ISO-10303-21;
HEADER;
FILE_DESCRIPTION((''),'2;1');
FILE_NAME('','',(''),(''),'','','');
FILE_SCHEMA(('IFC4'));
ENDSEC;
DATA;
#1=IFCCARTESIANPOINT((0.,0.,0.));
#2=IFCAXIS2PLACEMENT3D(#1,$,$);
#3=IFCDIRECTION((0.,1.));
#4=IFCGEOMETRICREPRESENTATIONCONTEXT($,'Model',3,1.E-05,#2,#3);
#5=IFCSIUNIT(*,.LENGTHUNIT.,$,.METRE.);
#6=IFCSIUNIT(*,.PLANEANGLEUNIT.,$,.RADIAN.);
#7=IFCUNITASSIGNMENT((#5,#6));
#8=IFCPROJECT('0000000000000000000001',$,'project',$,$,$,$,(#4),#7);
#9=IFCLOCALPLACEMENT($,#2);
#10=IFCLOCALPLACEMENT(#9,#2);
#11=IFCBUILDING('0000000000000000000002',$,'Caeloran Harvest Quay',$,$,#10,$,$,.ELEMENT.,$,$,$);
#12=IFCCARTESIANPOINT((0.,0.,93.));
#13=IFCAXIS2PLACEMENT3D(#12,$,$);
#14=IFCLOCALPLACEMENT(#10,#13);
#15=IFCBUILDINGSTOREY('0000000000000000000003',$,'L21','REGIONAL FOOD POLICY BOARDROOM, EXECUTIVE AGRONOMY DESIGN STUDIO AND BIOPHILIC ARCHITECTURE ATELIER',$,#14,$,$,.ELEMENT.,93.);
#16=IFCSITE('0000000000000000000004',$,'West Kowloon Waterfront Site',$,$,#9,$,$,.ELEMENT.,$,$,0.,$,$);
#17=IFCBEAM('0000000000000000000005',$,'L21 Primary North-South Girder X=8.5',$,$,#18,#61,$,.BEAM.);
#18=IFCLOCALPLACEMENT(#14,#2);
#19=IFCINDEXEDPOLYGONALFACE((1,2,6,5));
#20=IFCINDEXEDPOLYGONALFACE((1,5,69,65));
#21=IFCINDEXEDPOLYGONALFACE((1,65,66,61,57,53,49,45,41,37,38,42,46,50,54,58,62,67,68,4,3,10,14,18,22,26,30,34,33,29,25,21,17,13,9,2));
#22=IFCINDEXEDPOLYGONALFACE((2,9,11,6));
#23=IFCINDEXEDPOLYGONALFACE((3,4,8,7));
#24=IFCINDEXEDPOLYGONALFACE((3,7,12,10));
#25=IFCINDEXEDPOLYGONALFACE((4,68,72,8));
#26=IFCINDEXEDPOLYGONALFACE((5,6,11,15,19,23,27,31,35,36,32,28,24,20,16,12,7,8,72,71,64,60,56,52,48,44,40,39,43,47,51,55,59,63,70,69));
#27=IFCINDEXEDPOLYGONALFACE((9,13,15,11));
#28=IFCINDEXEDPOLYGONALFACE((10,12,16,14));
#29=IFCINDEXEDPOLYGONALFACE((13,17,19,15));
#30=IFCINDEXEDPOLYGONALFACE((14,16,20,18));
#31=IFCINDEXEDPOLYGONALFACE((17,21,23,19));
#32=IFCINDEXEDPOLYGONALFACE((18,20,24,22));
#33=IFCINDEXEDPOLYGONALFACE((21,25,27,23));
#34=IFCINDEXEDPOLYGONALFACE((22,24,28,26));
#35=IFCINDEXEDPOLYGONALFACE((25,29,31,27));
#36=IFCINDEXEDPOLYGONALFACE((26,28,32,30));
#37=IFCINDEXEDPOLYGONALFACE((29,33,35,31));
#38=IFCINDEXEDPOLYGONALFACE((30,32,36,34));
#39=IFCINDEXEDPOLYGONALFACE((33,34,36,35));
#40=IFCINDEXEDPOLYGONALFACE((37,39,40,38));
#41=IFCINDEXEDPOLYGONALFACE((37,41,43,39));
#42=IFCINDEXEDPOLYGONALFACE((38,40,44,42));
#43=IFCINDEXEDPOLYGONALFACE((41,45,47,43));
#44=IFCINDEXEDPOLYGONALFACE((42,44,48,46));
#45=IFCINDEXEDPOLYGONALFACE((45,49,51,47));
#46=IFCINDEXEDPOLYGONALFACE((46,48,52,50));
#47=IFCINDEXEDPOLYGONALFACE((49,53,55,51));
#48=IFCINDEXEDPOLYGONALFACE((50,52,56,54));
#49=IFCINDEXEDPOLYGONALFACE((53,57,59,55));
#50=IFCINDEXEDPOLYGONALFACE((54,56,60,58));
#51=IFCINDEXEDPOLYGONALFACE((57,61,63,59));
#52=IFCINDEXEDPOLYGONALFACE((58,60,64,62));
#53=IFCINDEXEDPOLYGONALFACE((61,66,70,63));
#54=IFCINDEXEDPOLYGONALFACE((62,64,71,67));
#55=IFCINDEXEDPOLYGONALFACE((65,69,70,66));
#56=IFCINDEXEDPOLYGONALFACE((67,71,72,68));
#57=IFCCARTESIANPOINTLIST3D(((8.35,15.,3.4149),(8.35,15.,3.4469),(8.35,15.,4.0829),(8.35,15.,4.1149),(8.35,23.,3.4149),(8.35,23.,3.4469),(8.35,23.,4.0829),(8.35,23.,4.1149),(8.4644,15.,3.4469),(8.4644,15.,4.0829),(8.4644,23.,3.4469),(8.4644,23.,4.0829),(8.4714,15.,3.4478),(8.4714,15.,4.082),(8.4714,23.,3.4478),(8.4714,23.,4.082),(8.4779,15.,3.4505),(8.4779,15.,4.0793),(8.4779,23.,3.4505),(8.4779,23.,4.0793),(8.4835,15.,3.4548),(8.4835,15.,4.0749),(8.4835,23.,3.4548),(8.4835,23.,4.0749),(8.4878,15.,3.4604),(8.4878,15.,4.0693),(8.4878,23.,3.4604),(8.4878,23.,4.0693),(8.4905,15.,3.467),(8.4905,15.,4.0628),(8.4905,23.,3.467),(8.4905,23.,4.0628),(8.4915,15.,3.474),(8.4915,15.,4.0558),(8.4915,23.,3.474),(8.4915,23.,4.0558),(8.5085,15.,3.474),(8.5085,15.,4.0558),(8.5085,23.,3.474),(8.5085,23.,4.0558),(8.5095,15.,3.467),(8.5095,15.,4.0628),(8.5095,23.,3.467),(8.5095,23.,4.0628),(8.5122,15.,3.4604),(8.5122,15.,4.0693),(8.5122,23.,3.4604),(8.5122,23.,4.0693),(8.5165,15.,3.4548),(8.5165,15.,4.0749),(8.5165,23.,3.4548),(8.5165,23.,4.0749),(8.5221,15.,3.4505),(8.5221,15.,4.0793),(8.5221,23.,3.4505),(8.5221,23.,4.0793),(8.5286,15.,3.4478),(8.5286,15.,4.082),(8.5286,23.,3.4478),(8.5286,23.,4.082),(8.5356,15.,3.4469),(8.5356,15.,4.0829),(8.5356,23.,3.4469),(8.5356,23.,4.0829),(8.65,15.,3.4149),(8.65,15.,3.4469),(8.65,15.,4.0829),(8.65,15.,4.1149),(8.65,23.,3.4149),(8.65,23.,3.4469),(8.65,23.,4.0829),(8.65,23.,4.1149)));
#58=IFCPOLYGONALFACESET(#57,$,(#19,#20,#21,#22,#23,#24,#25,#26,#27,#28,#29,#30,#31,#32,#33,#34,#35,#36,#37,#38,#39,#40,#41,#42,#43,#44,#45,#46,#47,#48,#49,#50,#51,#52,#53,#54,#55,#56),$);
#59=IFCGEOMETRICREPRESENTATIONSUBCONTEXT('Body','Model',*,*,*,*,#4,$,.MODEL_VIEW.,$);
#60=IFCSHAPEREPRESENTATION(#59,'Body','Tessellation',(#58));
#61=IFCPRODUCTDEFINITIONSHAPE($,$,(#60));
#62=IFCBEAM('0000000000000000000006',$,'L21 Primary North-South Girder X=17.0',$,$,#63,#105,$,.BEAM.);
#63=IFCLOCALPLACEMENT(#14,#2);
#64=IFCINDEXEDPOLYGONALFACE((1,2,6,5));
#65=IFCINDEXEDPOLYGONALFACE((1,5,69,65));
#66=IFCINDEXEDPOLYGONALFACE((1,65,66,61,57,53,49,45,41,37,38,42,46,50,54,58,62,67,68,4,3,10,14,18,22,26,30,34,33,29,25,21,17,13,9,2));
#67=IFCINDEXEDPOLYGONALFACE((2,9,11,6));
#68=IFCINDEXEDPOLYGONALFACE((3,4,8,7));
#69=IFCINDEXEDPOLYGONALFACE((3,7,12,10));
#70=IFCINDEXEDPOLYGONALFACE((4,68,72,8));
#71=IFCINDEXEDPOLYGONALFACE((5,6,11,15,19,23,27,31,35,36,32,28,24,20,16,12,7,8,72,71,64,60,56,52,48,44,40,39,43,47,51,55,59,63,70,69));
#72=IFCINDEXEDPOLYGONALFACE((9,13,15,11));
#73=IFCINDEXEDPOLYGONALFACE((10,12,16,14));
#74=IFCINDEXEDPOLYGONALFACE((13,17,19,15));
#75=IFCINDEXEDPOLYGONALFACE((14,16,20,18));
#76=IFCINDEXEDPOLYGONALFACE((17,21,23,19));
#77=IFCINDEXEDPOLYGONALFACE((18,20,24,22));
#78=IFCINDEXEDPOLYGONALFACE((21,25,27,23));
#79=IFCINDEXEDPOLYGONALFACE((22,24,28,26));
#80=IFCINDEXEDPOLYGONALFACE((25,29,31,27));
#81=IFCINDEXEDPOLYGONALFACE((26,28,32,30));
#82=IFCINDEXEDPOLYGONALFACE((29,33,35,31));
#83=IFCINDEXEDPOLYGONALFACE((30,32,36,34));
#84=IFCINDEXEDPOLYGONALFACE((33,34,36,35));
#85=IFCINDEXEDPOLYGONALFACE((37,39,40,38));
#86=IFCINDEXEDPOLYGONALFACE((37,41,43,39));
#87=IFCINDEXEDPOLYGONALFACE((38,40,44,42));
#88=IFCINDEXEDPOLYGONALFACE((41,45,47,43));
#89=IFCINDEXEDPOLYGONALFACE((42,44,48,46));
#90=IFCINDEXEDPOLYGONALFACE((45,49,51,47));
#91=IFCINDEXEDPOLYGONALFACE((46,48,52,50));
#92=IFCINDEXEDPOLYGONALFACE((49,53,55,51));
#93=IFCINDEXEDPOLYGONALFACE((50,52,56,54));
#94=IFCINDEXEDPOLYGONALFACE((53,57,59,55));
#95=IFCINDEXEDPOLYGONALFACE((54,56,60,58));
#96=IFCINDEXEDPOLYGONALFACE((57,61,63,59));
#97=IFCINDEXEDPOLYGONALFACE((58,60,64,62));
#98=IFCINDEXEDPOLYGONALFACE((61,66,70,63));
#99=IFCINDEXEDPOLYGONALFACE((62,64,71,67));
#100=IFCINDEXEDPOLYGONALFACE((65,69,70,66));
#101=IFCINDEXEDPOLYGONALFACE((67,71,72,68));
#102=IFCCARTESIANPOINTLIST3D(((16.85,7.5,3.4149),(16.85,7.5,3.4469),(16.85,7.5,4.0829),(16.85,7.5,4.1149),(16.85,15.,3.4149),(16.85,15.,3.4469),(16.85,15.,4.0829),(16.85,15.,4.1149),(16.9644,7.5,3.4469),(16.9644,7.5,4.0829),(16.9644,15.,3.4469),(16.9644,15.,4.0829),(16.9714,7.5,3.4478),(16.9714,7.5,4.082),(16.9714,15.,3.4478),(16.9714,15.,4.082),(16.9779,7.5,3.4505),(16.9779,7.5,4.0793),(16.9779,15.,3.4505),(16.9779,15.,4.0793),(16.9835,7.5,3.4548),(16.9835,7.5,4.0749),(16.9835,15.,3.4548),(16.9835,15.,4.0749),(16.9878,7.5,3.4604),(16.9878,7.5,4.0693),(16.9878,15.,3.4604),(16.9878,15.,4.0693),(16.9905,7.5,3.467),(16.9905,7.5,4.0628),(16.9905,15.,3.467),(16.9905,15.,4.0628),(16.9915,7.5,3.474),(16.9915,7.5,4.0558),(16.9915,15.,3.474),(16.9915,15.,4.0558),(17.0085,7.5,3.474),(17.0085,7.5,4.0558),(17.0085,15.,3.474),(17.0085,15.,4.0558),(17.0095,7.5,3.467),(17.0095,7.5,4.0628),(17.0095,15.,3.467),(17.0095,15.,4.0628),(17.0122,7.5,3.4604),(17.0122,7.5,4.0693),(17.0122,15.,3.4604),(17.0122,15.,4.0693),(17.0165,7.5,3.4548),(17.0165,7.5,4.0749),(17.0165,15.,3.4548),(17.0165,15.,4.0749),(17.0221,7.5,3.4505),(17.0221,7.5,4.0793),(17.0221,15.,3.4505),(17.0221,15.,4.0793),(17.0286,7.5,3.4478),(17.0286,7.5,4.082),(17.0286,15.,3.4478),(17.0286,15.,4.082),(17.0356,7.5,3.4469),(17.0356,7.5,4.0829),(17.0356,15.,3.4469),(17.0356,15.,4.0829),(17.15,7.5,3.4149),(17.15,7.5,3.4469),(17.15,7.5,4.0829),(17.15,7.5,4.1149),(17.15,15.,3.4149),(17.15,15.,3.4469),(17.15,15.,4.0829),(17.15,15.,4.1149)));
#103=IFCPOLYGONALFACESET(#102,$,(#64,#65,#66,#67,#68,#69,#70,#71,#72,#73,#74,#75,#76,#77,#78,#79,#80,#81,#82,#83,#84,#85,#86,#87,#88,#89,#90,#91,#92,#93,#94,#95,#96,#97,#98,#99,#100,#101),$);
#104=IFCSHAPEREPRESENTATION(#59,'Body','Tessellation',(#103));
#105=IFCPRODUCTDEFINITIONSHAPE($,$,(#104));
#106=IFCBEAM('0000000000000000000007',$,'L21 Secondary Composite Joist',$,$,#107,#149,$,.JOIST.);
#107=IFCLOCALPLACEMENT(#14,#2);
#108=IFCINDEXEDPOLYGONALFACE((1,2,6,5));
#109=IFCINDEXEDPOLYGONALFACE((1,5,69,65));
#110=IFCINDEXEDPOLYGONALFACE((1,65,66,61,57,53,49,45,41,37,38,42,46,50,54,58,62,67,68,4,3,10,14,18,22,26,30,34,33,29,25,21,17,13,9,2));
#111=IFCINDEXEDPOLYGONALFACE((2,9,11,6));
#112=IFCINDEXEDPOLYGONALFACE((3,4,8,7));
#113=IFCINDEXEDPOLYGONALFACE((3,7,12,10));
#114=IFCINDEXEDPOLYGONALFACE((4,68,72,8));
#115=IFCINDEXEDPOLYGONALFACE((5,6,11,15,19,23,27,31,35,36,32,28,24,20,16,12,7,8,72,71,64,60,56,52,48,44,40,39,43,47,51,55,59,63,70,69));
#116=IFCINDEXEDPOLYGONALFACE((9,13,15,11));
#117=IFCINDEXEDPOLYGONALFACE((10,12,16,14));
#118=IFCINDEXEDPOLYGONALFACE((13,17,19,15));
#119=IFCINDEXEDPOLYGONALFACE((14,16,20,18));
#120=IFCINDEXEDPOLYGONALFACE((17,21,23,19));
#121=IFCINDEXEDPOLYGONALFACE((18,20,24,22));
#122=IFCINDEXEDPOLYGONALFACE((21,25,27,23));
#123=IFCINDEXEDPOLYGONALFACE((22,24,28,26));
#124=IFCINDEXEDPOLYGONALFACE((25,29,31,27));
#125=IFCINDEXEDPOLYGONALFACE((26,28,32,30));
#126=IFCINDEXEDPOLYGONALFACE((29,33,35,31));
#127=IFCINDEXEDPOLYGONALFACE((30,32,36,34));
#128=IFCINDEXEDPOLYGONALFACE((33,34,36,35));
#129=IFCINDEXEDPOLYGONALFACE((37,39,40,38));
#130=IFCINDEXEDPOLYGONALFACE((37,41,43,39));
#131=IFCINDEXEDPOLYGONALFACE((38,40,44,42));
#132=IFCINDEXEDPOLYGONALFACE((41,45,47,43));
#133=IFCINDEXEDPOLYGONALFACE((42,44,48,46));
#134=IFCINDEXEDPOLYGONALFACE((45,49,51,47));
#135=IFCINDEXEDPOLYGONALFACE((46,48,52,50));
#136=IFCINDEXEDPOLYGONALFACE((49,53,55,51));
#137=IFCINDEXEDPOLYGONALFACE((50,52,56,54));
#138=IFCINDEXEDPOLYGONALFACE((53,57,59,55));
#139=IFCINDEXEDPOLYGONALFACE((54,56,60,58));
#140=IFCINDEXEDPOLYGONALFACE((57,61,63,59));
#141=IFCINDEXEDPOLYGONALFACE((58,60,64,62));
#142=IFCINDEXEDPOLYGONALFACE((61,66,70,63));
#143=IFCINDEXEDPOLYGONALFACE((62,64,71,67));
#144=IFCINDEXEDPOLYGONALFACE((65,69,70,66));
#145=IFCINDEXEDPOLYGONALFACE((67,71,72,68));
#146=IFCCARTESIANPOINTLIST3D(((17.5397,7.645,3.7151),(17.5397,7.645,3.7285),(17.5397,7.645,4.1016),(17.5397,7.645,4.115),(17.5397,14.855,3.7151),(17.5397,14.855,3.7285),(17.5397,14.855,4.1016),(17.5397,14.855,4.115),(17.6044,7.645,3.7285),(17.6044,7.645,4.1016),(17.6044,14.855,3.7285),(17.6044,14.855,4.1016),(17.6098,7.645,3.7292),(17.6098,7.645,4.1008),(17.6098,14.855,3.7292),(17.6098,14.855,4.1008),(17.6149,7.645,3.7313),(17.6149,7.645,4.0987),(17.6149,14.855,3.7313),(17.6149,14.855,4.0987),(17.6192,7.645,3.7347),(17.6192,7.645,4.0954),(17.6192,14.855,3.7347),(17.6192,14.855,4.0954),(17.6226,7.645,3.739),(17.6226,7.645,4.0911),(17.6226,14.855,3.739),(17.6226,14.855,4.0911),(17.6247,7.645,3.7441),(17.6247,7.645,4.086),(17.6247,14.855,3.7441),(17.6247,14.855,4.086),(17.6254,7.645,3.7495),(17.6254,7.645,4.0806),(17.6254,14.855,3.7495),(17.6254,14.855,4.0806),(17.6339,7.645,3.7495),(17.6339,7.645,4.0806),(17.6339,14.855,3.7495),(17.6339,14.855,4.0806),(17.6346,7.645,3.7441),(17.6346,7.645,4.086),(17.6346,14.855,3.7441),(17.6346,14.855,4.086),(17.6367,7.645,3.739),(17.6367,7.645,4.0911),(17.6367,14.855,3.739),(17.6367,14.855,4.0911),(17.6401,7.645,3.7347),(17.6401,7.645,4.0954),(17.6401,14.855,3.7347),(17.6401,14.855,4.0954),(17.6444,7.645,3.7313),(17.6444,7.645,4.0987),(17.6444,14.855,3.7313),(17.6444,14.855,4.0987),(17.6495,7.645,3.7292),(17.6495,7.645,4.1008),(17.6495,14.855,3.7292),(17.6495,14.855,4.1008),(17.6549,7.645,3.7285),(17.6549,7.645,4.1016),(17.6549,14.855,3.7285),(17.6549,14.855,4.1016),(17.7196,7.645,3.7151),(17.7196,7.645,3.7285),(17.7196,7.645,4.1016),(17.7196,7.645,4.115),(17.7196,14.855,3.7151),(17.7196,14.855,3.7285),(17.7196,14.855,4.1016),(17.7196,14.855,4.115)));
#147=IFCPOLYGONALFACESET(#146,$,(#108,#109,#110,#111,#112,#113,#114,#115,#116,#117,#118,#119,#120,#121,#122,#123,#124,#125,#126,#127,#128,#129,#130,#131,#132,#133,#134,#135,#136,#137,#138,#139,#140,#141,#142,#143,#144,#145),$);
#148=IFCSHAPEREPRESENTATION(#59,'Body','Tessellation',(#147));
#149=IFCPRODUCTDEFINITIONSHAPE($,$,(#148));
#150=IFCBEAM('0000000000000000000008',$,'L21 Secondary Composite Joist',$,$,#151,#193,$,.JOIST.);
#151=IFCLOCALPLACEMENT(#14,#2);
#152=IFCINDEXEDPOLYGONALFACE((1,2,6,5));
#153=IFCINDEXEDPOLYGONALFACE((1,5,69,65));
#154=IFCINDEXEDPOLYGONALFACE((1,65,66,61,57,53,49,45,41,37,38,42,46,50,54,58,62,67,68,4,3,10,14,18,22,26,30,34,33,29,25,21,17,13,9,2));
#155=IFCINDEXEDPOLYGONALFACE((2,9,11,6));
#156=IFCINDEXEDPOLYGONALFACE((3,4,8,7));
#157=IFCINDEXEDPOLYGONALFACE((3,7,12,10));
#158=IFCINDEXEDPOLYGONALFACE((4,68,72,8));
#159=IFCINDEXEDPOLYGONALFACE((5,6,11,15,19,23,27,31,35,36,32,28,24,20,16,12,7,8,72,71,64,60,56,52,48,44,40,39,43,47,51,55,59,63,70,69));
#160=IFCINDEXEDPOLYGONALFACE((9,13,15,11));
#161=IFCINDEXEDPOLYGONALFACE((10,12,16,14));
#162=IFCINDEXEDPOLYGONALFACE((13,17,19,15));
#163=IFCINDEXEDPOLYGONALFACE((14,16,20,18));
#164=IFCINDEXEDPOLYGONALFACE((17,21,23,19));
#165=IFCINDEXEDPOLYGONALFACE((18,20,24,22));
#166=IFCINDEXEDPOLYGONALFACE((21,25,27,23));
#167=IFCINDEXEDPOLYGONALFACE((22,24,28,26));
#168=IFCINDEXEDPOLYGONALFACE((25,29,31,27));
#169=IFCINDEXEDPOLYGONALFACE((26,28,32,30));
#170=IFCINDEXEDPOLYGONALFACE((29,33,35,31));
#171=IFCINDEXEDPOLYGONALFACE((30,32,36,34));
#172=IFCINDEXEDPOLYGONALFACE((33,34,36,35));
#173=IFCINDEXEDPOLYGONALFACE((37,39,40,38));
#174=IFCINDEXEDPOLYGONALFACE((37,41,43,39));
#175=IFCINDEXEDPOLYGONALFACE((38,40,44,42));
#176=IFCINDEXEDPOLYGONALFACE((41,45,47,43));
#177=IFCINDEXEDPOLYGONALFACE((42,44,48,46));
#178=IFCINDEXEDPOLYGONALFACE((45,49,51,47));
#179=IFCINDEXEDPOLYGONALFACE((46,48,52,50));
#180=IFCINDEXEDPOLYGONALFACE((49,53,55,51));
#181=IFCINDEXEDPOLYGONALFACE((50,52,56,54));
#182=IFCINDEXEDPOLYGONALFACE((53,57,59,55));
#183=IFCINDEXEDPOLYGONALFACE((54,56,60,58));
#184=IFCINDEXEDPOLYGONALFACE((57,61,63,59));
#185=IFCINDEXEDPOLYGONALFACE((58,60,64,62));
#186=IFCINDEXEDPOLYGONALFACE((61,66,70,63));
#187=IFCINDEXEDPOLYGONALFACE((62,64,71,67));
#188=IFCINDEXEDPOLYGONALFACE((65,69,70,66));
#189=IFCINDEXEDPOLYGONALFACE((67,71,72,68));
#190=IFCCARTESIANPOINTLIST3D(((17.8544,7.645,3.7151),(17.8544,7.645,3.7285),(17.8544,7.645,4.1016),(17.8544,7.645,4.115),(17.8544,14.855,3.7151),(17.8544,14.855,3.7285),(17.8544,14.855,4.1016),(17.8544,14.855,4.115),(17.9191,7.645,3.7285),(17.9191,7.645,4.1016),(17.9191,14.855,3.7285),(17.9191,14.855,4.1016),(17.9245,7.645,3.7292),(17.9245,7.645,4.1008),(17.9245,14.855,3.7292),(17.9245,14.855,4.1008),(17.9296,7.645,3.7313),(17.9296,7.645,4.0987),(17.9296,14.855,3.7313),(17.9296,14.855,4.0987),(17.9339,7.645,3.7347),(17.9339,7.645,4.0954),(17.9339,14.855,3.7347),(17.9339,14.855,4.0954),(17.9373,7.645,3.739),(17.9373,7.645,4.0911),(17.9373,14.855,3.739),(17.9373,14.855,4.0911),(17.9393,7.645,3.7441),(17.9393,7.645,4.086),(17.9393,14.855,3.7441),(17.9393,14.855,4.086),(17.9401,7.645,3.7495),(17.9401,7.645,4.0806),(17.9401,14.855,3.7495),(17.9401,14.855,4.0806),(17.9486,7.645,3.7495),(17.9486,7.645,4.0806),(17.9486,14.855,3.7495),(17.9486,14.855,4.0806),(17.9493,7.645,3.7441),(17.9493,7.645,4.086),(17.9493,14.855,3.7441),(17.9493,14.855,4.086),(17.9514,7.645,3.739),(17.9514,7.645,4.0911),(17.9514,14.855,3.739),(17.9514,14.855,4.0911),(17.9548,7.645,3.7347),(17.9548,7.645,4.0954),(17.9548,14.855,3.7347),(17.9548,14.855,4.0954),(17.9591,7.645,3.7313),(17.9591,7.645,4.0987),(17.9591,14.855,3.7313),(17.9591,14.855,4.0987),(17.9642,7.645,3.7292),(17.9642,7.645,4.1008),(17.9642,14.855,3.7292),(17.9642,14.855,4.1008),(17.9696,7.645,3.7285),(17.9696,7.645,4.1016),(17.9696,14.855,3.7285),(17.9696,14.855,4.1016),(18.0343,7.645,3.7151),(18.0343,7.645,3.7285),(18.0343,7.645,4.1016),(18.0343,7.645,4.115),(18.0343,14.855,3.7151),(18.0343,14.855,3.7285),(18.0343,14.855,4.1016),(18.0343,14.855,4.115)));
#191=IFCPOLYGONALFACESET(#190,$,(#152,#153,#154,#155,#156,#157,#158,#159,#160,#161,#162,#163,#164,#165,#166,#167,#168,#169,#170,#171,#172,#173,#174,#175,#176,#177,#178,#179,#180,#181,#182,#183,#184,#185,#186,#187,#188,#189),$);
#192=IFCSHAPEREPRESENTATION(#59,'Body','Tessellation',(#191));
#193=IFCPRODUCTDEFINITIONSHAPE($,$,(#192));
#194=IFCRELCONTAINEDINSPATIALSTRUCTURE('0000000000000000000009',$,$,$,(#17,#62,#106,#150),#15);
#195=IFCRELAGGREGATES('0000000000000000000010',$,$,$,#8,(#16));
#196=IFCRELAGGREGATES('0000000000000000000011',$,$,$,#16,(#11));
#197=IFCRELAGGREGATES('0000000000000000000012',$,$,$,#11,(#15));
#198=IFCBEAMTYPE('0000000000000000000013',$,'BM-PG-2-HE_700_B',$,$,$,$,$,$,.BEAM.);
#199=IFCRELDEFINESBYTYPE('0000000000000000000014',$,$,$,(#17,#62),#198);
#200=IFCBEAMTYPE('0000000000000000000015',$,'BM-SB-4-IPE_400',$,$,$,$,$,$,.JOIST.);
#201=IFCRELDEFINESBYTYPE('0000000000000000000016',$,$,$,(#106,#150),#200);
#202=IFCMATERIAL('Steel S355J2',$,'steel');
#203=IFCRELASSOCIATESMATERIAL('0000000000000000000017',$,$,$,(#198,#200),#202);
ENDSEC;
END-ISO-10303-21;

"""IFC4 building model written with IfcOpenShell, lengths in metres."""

from ifc_helpers import new_model, si_unit, direction, frame, origin, origin_2d, place, context, subcontext, project, spatial, i_section, extrude, material, material_profile, profile_set, type_object, element, save


model = new_model("IFC4")

# Units and contexts
model_context = context("Model", 3, precision=1e-05, world=origin(), true_north=direction((0.0, 1.0)))
body_context = subcontext(model_context, "Body", "Model", "MODEL_VIEW")
ifc_project = project(units=[si_unit("LENGTHUNIT", "METRE"), si_unit("PLANEANGLEUNIT", "RADIAN")], contexts=[model_context])

# Site, building, storey
site_placement = place(None, origin())
site = spatial("IfcSite", under=ifc_project, at=site_placement, Name="West Kowloon Waterfront Site", CompositionType="ELEMENT", RefElevation=0.0)
building_placement = place(site_placement, origin())
building = spatial("IfcBuilding", under=site, at=building_placement, Name="Caeloran Harvest Quay", CompositionType="ELEMENT")
storey_placement = place(building_placement, frame((0.0, 0.0, 93.0)))
storey = spatial("IfcBuildingStorey", under=building, at=storey_placement, Name="L21", Description="REGIONAL FOOD POLICY BOARDROOM, EXECUTIVE AGRONOMY DESIGN STUDIO AND BIOPHILIC ARCHITECTURE ATELIER", CompositionType="ELEMENT", Elevation=93.0)

# Beams
ifc_material_1 = material(Name="Steel S355J2", Category="steel")
ifc_material_profile_1 = material_profile(ifc_material_1, i_section(OverallWidth=0.3, OverallDepth=0.7, WebThickness=0.0171, FlangeThickness=0.032, FilletRadius=0.0271, at=origin_2d()), Name="HE 700 B")
ifc_profile_set_1 = profile_set([ifc_material_profile_1], Name="Steel S355J2")
beam_type_1 = type_object("IfcBeamType", Name="BM-PG-2-HE_700_B", PredefinedType="BEAM", material=ifc_profile_set_1)
beam_1_placement = place(storey_placement, frame((8.5, 15.0, 3.7649), z_axis=(0.0, 1.0, 0.0), x_axis=(-1.0, 0.0, 0.0)))
element("IfcBeam", 1, at=beam_1_placement, inside=storey, type_object=beam_type_1, Name="L21 Primary North-South Girder X=8.5", PredefinedType="BEAM", context=body_context, shape_type="SweptSolid", body=[
    extrude(i_section(OverallWidth=0.3, OverallDepth=0.7, WebThickness=0.0171, FlangeThickness=0.032, FilletRadius=0.0271, at=origin_2d()), origin(), (0.0, 0.0, 1.0), 8.0),
])
beam_2_placement = place(storey_placement, frame((17.0, 7.5, 3.7649), z_axis=(0.0, 1.0, 0.0), x_axis=(-1.0, 0.0, 0.0)))
element("IfcBeam", 2, at=beam_2_placement, inside=storey, type_object=beam_type_1, Name="L21 Primary North-South Girder X=17.0", PredefinedType="BEAM", context=body_context, shape_type="SweptSolid", body=[
    extrude(i_section(OverallWidth=0.3, OverallDepth=0.7, WebThickness=0.0171, FlangeThickness=0.032, FilletRadius=0.0271, at=origin_2d()), origin(), (0.0, 0.0, 1.0), 7.5),
])
ifc_material_profile_2 = material_profile(ifc_material_1, i_section(OverallWidth=0.1799, OverallDepth=0.3999, WebThickness=0.0085, FlangeThickness=0.0134, FilletRadius=0.021, at=origin_2d()), Name="IPE 400")
ifc_profile_set_2 = profile_set([ifc_material_profile_2], Name="Steel S355J2")
beam_type_2 = type_object("IfcBeamType", Name="BM-SB-4-IPE_400", PredefinedType="JOIST", material=ifc_profile_set_2)
for number, where, z_axis, x_axis, name in (
    (3, (17.6296, 7.645, 3.915), (0.0, 1.0, 0.0), (-1.0, 0.0, 0.0), "L21 Secondary Composite Joist"),
    (4, (17.9443, 7.645, 3.915), (0.0, 1.0, 0.0), (-1.0, 0.0, 0.0), "L21 Secondary Composite Joist"),
):
    element("IfcBeam", number, at=place(storey_placement, frame(where, z_axis=z_axis, x_axis=x_axis)), inside=storey, type_object=beam_type_2, Name=name, PredefinedType="JOIST", context=body_context, shape_type="SweptSolid", body=[
        extrude(i_section(OverallWidth=0.1799, OverallDepth=0.3999, WebThickness=0.0085, FlangeThickness=0.0134, FilletRadius=0.021, at=origin_2d()), origin(), (0.0, 0.0, 1.0), 7.21),
    ])

save(model, "model.ifc")
